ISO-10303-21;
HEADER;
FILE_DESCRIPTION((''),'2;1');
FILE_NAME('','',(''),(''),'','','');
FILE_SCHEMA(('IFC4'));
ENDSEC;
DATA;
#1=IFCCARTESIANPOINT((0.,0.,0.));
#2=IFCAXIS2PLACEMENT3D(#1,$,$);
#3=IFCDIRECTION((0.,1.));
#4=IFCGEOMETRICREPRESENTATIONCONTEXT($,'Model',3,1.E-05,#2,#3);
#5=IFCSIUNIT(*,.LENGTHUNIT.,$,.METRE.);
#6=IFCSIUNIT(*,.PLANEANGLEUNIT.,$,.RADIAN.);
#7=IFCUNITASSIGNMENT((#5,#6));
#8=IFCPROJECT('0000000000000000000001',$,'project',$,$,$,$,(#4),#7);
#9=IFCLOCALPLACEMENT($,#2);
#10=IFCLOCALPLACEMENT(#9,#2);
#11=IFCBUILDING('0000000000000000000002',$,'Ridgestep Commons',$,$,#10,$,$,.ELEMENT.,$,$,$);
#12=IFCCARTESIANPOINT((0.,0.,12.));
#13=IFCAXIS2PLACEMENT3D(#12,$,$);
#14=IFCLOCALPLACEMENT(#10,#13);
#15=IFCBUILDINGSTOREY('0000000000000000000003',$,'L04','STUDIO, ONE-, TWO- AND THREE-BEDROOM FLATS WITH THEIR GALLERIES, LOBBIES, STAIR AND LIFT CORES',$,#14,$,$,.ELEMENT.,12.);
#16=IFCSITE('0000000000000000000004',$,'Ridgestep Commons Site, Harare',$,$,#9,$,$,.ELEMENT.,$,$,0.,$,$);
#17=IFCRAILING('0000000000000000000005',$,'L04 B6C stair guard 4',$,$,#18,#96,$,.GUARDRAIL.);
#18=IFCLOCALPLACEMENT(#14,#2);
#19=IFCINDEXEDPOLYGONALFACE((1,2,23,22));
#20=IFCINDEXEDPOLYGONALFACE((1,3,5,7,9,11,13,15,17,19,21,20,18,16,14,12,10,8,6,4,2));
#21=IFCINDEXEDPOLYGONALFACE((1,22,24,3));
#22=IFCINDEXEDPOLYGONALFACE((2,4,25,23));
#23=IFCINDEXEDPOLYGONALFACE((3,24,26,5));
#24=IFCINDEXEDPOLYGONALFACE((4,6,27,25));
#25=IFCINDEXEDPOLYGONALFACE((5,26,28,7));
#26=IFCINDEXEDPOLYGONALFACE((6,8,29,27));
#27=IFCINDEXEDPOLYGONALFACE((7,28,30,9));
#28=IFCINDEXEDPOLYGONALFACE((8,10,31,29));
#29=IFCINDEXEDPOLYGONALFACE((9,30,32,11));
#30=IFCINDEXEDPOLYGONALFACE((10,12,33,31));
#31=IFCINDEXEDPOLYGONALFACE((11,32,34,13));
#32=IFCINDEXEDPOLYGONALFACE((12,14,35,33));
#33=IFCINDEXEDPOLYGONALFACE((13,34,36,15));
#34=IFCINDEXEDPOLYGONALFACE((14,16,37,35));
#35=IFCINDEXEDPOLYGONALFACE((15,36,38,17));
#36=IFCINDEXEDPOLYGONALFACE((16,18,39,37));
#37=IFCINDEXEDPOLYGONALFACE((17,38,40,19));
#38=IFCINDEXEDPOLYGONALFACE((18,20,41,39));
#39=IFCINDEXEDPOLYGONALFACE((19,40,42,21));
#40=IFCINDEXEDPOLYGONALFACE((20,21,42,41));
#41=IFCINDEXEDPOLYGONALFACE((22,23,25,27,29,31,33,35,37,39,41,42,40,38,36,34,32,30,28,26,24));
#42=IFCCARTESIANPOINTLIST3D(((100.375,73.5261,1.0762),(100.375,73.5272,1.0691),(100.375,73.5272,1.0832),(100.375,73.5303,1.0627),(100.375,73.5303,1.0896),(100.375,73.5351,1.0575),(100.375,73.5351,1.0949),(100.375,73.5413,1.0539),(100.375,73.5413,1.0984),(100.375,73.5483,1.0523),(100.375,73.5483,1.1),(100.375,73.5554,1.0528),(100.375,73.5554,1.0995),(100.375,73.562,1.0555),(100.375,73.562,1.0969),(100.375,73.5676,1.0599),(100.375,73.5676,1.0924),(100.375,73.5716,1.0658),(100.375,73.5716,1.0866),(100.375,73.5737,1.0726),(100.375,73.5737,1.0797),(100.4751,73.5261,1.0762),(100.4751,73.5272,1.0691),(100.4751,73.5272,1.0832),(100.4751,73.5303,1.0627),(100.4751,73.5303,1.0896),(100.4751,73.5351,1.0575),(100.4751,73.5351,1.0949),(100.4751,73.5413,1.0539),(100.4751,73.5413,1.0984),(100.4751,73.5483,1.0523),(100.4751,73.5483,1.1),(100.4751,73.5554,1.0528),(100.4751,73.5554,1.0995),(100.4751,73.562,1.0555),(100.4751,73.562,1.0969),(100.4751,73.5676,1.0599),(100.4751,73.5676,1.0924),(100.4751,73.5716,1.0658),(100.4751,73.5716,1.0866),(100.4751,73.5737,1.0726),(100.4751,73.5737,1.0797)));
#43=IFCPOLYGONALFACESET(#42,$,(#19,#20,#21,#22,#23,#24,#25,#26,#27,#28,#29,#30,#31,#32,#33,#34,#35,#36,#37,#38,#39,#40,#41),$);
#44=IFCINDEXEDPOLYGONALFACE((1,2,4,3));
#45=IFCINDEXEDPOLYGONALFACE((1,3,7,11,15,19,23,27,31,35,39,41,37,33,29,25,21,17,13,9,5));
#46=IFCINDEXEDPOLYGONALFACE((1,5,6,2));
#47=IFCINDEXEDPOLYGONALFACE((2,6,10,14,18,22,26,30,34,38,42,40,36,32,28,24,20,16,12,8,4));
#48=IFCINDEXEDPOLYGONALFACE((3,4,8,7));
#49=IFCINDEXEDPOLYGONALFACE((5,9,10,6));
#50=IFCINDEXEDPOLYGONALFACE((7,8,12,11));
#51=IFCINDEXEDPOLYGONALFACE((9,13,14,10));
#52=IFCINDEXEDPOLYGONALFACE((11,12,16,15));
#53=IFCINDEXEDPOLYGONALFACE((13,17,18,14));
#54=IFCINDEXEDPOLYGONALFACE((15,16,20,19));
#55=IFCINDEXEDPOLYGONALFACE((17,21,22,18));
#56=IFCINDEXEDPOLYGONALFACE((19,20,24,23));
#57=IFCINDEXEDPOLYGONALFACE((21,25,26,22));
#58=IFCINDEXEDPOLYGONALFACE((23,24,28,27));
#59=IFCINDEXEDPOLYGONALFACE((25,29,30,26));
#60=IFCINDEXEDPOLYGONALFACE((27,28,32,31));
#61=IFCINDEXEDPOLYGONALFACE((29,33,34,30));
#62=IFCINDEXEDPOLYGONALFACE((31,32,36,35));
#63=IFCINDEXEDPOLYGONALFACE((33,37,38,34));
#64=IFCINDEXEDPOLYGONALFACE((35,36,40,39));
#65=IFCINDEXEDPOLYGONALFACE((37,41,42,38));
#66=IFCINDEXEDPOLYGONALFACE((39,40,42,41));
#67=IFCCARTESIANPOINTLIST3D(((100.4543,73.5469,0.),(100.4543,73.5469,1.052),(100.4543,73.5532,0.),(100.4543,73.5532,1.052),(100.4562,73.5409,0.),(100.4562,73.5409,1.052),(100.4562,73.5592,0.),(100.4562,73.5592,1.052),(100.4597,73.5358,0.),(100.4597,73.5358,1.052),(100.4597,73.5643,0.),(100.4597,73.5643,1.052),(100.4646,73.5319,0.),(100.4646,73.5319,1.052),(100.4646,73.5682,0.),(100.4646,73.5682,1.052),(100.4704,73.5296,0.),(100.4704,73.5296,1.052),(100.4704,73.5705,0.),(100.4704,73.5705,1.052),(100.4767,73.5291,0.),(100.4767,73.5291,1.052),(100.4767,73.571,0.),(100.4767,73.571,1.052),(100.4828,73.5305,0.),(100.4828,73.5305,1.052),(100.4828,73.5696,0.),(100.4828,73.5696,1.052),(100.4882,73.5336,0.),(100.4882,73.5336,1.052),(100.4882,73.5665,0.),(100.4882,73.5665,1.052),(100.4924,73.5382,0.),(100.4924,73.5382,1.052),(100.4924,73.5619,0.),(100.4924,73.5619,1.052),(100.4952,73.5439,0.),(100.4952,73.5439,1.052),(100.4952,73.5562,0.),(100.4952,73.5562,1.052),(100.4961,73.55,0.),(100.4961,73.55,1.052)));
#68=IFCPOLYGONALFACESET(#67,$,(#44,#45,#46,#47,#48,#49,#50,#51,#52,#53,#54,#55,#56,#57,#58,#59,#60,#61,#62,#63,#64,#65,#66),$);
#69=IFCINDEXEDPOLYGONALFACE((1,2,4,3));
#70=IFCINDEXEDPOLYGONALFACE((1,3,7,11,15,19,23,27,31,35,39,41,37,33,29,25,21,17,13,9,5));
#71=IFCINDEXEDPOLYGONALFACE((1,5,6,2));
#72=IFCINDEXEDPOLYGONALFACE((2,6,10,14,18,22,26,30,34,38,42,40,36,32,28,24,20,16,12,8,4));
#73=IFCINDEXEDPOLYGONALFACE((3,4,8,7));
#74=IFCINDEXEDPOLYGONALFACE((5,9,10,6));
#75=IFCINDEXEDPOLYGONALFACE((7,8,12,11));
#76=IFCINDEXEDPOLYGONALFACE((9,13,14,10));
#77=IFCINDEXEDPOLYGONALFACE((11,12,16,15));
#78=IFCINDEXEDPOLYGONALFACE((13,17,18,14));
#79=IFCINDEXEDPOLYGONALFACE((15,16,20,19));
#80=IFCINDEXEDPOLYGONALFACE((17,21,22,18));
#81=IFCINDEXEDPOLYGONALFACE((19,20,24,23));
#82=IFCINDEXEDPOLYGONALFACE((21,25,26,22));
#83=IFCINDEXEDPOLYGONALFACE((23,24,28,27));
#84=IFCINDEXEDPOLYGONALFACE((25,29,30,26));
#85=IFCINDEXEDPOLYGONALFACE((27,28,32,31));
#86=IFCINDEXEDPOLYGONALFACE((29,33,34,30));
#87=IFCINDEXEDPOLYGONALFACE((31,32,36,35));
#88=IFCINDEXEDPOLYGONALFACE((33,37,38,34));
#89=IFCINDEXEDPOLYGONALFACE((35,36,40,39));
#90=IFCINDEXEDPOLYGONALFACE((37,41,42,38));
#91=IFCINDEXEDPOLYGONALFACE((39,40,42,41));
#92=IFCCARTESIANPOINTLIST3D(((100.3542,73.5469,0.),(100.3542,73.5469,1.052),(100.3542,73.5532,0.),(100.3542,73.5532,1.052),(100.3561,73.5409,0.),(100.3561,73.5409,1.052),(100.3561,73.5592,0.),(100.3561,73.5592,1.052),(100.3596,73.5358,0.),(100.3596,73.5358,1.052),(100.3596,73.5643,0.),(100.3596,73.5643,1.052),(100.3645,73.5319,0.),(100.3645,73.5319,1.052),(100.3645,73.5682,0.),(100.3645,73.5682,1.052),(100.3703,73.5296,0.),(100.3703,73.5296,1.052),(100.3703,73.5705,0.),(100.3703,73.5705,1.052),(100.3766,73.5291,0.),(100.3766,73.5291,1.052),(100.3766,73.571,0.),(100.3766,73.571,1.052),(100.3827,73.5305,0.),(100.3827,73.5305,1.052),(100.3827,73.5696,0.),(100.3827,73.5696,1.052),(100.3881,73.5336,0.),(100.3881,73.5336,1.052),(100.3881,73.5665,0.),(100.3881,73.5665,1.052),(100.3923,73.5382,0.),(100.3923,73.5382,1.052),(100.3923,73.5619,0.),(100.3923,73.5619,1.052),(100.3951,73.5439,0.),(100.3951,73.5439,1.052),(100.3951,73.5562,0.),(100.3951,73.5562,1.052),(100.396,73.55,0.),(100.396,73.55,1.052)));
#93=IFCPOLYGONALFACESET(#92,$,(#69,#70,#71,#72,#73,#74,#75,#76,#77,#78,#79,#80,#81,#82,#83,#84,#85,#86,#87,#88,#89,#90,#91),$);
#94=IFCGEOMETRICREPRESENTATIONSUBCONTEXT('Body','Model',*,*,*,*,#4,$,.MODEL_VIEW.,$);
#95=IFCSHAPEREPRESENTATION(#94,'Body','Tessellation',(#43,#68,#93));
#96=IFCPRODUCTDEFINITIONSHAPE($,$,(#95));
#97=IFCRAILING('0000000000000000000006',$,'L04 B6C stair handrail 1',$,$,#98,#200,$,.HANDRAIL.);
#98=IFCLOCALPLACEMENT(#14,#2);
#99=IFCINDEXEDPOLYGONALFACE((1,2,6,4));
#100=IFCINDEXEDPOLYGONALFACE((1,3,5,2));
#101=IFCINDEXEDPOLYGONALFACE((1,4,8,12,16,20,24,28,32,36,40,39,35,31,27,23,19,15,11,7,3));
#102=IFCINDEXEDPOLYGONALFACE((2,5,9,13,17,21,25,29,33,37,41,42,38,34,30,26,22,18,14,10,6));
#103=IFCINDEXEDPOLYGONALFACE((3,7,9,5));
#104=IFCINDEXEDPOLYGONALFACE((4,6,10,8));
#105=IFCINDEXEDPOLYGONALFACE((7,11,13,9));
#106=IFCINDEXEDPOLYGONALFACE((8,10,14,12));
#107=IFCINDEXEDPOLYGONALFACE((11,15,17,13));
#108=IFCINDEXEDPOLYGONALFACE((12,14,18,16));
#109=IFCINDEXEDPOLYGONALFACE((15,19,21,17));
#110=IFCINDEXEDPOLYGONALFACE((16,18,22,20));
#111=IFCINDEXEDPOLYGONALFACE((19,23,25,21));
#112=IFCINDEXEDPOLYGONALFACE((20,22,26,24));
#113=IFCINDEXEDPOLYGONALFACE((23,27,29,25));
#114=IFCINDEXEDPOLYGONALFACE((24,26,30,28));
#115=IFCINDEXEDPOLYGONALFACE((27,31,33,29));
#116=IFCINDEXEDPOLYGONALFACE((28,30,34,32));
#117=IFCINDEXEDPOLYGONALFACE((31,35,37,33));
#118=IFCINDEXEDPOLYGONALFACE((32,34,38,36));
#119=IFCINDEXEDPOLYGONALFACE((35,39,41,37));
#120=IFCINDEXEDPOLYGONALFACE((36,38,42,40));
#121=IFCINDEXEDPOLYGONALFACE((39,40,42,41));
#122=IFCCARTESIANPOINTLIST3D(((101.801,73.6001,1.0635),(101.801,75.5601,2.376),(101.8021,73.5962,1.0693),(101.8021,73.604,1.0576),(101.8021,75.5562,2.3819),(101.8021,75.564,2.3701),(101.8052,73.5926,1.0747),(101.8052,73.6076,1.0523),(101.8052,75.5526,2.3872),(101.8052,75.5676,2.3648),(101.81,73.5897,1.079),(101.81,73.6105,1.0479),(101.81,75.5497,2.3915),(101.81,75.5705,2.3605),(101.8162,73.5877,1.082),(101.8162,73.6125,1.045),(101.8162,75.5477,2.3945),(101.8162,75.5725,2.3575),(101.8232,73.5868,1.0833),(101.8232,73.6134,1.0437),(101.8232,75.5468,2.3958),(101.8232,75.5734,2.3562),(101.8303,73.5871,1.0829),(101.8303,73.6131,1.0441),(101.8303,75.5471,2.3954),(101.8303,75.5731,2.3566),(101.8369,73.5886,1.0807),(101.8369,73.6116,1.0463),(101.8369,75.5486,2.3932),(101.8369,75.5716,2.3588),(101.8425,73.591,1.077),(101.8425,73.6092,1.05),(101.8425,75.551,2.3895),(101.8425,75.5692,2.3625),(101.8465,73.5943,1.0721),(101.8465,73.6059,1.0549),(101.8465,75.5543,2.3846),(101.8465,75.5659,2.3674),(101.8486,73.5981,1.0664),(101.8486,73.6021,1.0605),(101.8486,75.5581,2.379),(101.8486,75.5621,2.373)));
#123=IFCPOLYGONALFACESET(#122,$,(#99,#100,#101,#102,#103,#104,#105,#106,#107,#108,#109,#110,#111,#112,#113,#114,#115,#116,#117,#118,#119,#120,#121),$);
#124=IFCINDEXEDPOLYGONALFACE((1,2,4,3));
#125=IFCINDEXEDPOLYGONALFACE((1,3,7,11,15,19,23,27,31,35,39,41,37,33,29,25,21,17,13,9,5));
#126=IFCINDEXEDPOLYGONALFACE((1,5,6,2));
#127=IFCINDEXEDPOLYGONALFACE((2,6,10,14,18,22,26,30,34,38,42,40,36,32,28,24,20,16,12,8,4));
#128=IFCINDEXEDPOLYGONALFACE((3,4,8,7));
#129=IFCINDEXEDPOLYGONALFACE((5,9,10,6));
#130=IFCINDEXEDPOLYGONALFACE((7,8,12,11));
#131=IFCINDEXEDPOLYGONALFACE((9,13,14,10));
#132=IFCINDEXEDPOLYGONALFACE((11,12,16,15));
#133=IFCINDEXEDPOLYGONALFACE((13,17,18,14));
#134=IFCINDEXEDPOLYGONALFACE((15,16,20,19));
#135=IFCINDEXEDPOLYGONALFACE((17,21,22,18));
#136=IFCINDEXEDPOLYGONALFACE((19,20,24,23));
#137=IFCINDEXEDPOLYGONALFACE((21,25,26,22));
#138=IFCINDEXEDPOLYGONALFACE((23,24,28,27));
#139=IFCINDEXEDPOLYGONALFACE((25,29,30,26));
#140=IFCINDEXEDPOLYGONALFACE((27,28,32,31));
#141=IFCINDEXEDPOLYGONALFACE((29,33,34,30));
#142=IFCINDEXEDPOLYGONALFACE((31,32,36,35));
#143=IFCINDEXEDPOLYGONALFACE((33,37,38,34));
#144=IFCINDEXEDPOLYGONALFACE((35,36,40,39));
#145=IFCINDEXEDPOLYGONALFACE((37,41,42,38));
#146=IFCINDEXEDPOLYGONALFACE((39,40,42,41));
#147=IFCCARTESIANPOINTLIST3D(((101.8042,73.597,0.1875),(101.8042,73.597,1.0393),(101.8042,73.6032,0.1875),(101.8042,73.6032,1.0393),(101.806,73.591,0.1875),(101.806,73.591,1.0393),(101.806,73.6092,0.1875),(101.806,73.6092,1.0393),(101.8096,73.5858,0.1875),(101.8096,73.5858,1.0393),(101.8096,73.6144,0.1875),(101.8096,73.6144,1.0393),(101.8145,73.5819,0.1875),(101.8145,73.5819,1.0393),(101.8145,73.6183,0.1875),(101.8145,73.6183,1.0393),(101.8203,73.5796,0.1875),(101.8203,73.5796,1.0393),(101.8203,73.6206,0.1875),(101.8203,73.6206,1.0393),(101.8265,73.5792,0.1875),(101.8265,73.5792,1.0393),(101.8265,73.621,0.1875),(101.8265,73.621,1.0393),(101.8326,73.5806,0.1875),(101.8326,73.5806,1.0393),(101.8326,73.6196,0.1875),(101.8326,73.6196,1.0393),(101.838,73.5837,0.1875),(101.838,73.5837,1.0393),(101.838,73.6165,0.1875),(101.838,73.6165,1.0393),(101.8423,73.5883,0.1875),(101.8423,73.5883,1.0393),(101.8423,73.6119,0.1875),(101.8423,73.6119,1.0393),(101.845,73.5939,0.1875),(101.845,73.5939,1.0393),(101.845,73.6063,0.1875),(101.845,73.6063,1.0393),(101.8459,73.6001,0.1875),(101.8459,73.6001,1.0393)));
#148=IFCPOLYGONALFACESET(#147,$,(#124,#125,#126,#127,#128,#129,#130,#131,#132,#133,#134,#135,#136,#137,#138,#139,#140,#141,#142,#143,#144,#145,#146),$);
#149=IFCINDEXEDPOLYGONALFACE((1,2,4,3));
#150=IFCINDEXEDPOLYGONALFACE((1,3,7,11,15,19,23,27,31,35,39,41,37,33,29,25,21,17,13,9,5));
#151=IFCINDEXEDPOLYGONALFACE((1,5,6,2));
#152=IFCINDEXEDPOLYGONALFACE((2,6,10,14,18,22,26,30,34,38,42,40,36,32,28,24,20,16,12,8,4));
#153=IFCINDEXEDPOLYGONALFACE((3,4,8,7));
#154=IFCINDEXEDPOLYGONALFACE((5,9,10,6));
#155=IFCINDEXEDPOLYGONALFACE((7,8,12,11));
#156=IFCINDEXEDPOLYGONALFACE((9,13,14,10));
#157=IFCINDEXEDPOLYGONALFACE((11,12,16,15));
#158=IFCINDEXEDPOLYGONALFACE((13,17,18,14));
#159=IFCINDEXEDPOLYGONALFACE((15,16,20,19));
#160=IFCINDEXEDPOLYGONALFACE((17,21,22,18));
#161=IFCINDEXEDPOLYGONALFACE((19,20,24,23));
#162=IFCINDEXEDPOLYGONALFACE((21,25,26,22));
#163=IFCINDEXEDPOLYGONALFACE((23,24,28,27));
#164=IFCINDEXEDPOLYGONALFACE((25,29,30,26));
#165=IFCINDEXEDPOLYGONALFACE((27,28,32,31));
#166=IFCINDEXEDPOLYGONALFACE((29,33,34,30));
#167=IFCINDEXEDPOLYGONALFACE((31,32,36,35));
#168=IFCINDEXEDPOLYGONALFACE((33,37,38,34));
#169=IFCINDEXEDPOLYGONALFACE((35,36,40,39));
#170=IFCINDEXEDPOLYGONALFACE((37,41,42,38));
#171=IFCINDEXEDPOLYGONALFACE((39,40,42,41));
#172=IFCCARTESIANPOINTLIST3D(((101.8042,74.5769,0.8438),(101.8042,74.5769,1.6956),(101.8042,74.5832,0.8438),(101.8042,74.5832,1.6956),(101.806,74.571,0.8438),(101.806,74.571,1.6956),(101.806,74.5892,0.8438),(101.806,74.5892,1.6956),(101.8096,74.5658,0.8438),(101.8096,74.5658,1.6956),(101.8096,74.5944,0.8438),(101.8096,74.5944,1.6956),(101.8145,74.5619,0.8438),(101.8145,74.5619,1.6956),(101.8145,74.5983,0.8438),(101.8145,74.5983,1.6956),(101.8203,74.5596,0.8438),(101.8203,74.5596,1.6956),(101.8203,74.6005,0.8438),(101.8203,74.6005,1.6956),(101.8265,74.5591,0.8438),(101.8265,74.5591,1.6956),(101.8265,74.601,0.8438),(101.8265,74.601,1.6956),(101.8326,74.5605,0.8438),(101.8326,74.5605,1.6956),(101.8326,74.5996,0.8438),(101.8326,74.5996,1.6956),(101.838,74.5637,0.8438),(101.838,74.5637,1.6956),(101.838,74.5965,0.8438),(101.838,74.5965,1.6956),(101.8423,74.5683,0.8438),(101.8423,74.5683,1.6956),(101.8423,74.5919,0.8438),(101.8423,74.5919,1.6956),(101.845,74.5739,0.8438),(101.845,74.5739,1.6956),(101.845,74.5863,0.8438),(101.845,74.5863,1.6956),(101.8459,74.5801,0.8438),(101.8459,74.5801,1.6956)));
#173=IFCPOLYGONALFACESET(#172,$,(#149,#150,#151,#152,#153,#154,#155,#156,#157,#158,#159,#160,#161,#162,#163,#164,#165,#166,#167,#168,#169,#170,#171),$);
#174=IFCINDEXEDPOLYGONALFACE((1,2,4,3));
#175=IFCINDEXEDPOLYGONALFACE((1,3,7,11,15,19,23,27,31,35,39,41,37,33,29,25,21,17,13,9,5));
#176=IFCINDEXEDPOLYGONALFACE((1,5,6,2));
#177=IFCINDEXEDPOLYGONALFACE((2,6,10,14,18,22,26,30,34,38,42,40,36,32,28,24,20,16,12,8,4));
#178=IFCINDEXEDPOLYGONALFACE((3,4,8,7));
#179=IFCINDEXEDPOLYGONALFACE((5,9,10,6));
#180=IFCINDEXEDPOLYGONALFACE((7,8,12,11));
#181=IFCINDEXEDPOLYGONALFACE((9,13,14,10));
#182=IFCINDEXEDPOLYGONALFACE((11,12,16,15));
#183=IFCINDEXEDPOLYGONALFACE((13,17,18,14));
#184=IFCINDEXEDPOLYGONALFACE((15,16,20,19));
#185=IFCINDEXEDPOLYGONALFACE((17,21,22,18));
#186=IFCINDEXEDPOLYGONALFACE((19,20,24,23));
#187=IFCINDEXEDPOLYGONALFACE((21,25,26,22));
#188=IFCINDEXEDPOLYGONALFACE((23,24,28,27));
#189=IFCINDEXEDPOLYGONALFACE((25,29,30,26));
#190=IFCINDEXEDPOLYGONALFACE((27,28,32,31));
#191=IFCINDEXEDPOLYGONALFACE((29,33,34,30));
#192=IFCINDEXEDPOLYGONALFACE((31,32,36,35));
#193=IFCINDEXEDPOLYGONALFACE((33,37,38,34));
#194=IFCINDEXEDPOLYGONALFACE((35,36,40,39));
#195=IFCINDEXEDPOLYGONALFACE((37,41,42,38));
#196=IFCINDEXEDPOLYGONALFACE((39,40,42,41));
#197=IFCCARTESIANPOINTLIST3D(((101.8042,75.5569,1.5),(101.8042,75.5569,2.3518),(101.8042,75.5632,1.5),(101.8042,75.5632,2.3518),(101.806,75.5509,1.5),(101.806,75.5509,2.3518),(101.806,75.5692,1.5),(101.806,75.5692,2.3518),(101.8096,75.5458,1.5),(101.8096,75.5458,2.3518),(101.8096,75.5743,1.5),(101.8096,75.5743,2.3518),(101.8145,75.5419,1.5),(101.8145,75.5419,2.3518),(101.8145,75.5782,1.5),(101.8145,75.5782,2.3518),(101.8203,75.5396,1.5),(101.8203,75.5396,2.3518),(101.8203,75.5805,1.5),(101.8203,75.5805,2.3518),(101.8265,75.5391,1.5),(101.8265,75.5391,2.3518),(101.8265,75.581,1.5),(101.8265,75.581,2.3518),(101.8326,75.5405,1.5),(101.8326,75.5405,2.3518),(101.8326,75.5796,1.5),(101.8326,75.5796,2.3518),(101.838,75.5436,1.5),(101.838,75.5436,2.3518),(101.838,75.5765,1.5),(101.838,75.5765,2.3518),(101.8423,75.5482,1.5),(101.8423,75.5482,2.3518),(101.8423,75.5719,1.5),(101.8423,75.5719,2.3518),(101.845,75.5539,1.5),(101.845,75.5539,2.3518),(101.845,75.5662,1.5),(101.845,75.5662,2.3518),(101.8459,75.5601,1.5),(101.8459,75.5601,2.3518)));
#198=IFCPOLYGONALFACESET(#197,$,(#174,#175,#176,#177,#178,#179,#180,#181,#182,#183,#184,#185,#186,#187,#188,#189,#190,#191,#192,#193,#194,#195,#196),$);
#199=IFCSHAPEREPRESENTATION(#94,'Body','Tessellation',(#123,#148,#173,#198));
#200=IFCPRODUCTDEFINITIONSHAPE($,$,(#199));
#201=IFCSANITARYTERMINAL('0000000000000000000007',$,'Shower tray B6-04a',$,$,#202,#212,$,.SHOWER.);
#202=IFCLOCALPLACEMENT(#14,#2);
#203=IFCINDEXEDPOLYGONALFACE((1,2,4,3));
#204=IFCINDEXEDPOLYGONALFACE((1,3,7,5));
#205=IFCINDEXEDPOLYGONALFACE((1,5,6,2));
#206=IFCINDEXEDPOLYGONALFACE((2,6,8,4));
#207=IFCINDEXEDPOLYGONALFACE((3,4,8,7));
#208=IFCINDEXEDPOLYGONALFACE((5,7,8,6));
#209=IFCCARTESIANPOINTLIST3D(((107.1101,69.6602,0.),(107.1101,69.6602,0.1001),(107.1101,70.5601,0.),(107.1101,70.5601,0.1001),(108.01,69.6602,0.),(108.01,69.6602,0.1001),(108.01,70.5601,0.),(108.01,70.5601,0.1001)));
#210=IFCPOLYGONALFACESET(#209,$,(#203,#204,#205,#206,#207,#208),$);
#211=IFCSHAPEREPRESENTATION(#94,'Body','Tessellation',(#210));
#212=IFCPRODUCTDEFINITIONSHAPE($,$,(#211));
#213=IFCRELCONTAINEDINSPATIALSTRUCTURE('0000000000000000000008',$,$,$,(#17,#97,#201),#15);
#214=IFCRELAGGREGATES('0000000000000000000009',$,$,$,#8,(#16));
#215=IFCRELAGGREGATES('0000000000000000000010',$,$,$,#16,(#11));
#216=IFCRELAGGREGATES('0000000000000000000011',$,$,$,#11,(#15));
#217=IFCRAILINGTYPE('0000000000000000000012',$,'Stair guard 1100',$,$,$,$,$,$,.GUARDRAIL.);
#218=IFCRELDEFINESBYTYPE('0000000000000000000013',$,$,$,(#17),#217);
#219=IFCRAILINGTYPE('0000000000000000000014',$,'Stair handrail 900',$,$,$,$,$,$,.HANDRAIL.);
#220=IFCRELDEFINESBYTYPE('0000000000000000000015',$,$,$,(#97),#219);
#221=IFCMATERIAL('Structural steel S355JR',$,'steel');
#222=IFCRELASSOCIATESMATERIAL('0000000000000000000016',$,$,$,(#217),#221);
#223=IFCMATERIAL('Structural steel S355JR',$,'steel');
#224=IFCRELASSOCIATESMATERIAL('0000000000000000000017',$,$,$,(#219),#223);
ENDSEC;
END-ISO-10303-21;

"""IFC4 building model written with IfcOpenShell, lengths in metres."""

from ifc_helpers import new_model, si_unit, direction, frame, origin, origin_2d, place, context, subcontext, project, spatial, rectangle, circle, extrude, material, type_object, element, save


model = new_model("IFC4")

# Units and contexts
model_context = context("Model", 3, precision=1e-05, world=origin(), true_north=direction((0.0, 1.0)))
body_context = subcontext(model_context, "Body", "Model", "MODEL_VIEW")
ifc_project = project(units=[si_unit("LENGTHUNIT", "METRE"), si_unit("PLANEANGLEUNIT", "RADIAN")], contexts=[model_context])

# Site, building, storey
site_placement = place(None, origin())
site = spatial("IfcSite", under=ifc_project, at=site_placement, Name="Ridgestep Commons Site, Harare", CompositionType="ELEMENT", RefElevation=0.0)
building_placement = place(site_placement, origin())
building = spatial("IfcBuilding", under=site, at=building_placement, Name="Ridgestep Commons", CompositionType="ELEMENT")
storey_placement = place(building_placement, frame((0.0, 0.0, 12.0)))
storey = spatial("IfcBuildingStorey", under=building, at=storey_placement, Name="L04", Description="STUDIO, ONE-, TWO- AND THREE-BEDROOM FLATS WITH THEIR GALLERIES, LOBBIES, STAIR AND LIFT CORES", CompositionType="ELEMENT", Elevation=12.0)

# Railings
ifc_material_1 = material(Name="Structural steel S355JR", Category="steel")
railing_type_1 = type_object("IfcRailingType", Name="Stair guard 1100", PredefinedType="GUARDRAIL", material=ifc_material_1)
for number, where, name in (
    (1, (100.4751, 73.55, 0.0), "L04 B6C stair guard 4"),
):
    element("IfcRailing", number, at=place(storey_placement, frame(where)), inside=storey, type_object=railing_type_1, Name=name, PredefinedType="GUARDRAIL", context=body_context, shape_type="SweptSolid", body=[
        extrude(circle(Radius=0.0239, at=origin_2d()), frame((0.0, 0.0, 1.0762), z_axis=(-1.0, 0.0, 0.0), x_axis=(0.0, -1.0, 0.0)), (0.0, 0.0, 1.0), 0.1001),
        extrude(circle(Radius=0.021, at=origin_2d()), origin(), (0.0, 0.0, 1.0), 1.052),
        extrude(circle(Radius=0.021, at=origin_2d()), frame((-0.1001, 0.0, 0.0)), (0.0, 0.0, 1.0), 1.052),
    ])
ifc_material_2 = material(Name="Structural steel S355JR", Category="steel")
railing_type_2 = type_object("IfcRailingType", Name="Stair handrail 900", PredefinedType="HANDRAIL", material=ifc_material_2)
railing_1_placement = place(storey_placement, frame((101.825, 73.6001, 0.1875)))
element("IfcRailing", 2, at=railing_1_placement, inside=storey, type_object=railing_type_2, Name="L04 B6C stair handrail 1", PredefinedType="HANDRAIL", context=body_context, shape_type="SweptSolid", body=[
    extrude(circle(Radius=0.0239, at=origin_2d()), frame((0.0, 0.0, 0.876), z_axis=(0.0, 0.830902, 0.556419), x_axis=(-1.0, 0.0, 0.0)), (0.0, 0.0, 1.0), 2.3589),
    extrude(circle(Radius=0.021, at=origin_2d()), origin(), (0.0, 0.0, 1.0), 0.8518),
    extrude(circle(Radius=0.021, at=origin_2d()), frame((0.0, 0.98, 0.6562)), (0.0, 0.0, 1.0), 0.8518),
    extrude(circle(Radius=0.021, at=origin_2d()), frame((0.0, 1.96, 1.3125)), (0.0, 0.0, 1.0), 0.8518),
])

# Sanitary terminal
sanitary_terminal_1_placement = place(storey_placement, frame((107.5601, 70.1101, 0.0), z_axis=(0.0, 0.0, 1.0), x_axis=(1.0, 0.0, 0.0)))
element("IfcSanitaryTerminal", 3, at=sanitary_terminal_1_placement, inside=storey, Name="Shower tray B6-04a", PredefinedType="SHOWER", context=body_context, shape_type="SweptSolid", body=[
    extrude(rectangle(XDim=0.8999, YDim=0.8999, at=origin_2d()), origin(), (0.0, 0.0, 1.0), 0.1001),
])

save(model, "model.ifc")
